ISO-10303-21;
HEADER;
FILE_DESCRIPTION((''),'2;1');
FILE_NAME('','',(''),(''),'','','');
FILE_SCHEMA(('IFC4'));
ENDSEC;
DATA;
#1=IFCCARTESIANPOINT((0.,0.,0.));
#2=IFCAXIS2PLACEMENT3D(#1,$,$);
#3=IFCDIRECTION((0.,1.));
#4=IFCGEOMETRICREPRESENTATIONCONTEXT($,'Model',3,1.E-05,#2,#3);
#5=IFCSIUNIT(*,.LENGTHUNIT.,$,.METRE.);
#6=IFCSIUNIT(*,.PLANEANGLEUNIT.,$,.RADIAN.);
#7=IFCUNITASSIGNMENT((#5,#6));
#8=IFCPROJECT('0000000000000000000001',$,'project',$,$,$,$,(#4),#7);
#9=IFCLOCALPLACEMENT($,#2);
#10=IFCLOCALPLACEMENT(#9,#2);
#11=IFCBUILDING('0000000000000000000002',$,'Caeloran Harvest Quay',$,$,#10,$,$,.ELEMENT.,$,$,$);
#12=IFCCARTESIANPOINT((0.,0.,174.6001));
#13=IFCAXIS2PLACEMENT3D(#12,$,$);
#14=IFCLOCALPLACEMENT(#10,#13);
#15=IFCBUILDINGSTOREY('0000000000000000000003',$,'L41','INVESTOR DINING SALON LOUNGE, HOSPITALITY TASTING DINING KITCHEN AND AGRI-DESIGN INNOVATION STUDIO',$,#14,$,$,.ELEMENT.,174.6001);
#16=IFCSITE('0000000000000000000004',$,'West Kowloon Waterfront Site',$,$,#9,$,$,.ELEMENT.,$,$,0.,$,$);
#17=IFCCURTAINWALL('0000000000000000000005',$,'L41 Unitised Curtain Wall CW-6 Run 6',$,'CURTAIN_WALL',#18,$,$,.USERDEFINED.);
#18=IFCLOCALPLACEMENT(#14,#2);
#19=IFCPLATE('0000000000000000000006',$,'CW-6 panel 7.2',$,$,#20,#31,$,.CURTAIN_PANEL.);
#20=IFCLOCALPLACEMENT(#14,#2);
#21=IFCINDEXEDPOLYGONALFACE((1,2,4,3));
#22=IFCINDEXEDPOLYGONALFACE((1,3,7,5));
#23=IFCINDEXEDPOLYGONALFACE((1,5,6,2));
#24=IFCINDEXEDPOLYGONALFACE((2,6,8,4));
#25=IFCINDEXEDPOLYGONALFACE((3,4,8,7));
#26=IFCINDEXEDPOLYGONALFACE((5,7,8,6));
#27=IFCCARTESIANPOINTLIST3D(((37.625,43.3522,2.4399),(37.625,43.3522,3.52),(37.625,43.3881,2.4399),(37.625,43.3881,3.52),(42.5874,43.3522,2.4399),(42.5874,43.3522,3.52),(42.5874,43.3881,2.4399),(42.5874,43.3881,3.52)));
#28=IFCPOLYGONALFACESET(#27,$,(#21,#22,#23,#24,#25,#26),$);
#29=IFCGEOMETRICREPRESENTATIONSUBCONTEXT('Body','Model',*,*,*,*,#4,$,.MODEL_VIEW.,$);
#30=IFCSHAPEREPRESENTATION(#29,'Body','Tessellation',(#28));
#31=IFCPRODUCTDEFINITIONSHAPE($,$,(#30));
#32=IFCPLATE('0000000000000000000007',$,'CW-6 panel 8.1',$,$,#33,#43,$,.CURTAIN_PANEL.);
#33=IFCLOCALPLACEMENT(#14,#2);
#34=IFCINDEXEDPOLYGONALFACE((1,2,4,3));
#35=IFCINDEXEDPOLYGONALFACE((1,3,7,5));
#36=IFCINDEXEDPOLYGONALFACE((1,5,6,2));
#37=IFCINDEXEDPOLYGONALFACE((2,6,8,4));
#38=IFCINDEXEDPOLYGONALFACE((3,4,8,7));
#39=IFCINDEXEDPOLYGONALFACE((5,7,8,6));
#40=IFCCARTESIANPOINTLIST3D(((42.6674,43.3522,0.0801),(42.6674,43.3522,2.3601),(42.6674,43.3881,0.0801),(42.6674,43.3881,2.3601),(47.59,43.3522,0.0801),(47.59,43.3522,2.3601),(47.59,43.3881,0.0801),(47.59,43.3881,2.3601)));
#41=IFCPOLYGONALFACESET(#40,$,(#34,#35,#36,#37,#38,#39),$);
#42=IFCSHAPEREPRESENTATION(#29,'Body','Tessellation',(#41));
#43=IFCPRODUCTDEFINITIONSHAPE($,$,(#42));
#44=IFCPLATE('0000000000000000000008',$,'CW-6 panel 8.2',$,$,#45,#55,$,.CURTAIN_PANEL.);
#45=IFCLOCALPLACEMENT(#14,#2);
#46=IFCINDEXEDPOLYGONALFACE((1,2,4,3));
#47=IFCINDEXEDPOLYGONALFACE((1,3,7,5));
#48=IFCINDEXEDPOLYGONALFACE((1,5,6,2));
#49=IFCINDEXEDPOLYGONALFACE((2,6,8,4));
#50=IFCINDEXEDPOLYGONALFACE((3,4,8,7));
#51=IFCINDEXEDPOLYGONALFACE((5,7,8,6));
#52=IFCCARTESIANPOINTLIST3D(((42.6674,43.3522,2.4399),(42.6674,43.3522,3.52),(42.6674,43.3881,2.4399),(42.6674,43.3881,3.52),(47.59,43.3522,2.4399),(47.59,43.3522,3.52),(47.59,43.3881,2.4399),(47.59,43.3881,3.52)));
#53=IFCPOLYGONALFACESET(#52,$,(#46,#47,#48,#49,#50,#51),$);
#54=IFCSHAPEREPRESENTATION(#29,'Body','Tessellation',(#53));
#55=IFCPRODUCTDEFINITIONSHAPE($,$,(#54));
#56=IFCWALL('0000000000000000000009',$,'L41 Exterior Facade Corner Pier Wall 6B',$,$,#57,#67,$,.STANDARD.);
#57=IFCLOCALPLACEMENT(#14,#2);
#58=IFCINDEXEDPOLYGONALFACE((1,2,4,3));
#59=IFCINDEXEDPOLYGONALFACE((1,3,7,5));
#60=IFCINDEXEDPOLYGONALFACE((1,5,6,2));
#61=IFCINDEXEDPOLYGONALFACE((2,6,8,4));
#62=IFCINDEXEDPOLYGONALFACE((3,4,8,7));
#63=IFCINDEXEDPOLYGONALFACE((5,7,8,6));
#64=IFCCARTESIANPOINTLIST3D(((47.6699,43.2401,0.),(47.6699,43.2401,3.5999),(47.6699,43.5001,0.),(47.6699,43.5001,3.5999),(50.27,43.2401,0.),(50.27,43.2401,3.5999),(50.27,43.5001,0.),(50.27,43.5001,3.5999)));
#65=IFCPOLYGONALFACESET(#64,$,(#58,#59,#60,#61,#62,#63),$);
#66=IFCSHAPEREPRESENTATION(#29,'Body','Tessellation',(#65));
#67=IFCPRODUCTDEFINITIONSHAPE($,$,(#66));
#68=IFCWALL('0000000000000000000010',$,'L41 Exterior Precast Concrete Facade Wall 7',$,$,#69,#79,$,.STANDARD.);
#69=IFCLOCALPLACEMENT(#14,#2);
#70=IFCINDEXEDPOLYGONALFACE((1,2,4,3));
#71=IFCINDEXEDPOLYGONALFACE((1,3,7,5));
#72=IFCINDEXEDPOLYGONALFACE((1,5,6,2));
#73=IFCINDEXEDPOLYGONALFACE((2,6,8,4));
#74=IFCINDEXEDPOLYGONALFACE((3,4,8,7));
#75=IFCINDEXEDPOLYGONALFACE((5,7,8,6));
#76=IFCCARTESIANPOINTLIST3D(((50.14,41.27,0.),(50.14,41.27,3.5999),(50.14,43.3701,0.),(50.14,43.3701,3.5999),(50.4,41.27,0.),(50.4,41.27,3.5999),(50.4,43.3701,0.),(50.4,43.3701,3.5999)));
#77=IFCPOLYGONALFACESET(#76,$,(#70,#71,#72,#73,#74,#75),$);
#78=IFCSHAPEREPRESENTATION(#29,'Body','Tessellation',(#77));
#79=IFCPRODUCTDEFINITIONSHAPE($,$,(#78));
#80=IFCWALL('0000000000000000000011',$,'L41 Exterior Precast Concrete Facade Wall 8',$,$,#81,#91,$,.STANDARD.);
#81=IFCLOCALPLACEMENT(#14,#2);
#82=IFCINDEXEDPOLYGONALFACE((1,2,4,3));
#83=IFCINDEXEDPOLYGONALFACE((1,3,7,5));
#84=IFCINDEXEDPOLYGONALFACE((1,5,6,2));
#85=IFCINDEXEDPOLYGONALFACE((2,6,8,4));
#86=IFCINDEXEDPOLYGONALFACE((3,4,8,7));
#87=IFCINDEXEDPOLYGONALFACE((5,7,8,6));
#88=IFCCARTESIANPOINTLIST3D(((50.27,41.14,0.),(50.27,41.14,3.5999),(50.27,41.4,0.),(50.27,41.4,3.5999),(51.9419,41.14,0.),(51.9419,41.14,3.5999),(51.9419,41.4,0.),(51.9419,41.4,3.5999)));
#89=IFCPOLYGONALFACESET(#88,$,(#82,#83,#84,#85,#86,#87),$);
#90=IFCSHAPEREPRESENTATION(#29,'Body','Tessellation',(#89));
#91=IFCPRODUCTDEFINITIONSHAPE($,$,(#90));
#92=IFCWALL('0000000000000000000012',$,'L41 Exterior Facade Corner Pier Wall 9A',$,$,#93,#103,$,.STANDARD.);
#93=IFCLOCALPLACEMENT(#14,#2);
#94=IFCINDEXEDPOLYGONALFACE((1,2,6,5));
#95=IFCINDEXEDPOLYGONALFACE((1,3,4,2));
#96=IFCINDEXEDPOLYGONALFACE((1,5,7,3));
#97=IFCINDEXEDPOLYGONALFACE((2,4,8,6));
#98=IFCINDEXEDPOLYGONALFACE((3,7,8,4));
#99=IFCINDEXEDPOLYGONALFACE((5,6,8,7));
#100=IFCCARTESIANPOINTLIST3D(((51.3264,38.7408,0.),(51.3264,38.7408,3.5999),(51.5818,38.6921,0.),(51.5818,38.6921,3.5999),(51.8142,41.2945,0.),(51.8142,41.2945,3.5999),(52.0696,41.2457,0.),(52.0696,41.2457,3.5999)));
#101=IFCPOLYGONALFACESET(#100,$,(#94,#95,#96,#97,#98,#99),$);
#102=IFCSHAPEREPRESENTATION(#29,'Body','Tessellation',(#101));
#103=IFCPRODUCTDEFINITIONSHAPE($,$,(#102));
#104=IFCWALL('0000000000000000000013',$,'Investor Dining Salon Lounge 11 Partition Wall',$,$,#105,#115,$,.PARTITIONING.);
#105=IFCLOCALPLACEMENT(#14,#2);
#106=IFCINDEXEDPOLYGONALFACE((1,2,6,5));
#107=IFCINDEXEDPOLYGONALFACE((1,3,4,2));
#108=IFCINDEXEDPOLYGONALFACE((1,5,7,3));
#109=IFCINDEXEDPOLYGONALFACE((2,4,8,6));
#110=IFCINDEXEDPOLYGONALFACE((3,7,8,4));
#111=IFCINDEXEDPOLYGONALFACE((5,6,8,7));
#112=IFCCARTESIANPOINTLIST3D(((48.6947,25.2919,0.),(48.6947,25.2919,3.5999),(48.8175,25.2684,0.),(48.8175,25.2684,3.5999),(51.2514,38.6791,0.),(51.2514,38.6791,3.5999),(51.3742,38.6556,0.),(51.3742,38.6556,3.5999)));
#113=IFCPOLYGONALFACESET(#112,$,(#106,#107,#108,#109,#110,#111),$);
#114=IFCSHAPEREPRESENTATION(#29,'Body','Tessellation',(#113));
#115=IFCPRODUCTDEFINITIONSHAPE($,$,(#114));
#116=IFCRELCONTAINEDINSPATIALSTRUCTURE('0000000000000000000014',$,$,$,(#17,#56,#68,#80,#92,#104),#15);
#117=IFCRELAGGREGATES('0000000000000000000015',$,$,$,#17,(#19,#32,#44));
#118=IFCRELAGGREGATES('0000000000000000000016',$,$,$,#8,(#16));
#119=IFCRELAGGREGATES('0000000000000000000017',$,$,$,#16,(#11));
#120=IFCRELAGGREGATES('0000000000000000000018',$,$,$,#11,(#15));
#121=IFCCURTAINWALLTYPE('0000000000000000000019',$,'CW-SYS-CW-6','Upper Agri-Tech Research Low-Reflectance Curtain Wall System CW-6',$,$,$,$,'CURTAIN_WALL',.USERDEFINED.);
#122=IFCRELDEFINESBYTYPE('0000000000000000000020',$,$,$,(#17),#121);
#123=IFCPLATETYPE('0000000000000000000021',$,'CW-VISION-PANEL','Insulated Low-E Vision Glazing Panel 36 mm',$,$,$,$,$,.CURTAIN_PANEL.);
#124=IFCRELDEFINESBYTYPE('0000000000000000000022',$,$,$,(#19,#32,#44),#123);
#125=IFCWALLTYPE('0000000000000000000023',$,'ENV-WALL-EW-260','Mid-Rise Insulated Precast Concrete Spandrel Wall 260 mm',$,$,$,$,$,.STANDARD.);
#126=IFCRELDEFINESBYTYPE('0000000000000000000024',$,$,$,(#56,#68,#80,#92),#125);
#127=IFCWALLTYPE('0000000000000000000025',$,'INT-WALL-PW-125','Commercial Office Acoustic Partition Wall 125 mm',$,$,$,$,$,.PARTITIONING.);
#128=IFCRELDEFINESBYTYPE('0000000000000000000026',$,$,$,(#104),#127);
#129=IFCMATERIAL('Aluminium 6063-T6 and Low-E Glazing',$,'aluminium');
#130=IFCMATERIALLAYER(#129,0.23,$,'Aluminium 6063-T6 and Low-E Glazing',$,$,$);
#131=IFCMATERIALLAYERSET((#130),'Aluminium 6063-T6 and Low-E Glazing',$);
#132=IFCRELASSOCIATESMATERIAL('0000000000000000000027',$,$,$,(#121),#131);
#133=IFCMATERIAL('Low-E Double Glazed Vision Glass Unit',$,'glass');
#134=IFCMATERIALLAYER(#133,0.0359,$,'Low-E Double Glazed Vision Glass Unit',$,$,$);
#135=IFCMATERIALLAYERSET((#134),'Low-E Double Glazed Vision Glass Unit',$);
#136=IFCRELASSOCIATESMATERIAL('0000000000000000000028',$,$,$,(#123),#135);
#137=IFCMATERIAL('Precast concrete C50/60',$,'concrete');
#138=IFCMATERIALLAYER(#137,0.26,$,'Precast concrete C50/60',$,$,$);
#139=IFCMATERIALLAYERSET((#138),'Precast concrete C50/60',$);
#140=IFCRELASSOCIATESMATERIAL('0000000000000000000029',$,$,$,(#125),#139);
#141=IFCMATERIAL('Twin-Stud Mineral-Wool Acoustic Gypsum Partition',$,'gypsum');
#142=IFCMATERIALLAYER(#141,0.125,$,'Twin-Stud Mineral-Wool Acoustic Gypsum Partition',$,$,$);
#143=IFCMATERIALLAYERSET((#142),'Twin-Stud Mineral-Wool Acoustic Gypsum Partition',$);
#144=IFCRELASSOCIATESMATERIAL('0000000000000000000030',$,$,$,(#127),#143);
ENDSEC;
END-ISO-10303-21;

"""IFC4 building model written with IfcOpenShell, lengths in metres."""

from ifc_helpers import new_model, si_unit, direction, frame, frame_2d, origin, origin_2d, place, context, subcontext, project, spatial, rectangle, extrude, material, layer, layer_set, type_object, element, aggregate, save


model = new_model("IFC4")

# Units and contexts
model_context = context("Model", 3, precision=1e-05, world=origin(), true_north=direction((0.0, 1.0)))
body_context = subcontext(model_context, "Body", "Model", "MODEL_VIEW")
ifc_project = project(units=[si_unit("LENGTHUNIT", "METRE"), si_unit("PLANEANGLEUNIT", "RADIAN")], contexts=[model_context])

# Site, building, storey
site_placement = place(None, origin())
site = spatial("IfcSite", under=ifc_project, at=site_placement, Name="West Kowloon Waterfront Site", CompositionType="ELEMENT", RefElevation=0.0)
building_placement = place(site_placement, origin())
building = spatial("IfcBuilding", under=site, at=building_placement, Name="Caeloran Harvest Quay", CompositionType="ELEMENT")
storey_placement = place(building_placement, frame((0.0, 0.0, 174.6001)))
storey = spatial("IfcBuildingStorey", under=building, at=storey_placement, Name="L41", Description="INVESTOR DINING SALON LOUNGE, HOSPITALITY TASTING DINING KITCHEN AND AGRI-DESIGN INNOVATION STUDIO", CompositionType="ELEMENT", Elevation=174.6001)

# Curtain wall
ifc_material_1 = material(Name="Aluminium 6063-T6 and Low-E Glazing", Category="aluminium")
ifc_layer_1 = layer(ifc_material_1, 0.23, Name="Aluminium 6063-T6 and Low-E Glazing")
ifc_layer_set_1 = layer_set([ifc_layer_1], Name="Aluminium 6063-T6 and Low-E Glazing")
curtain_wall_type = type_object("IfcCurtainWallType", Name="CW-SYS-CW-6", Description="Upper Agri-Tech Research Low-Reflectance Curtain Wall System CW-6", ElementType="CURTAIN_WALL", PredefinedType="USERDEFINED", material=ifc_layer_set_1)
curtain_wall_1_placement = place(storey_placement, origin())
curtain_wall_1 = element("IfcCurtainWall", 1, at=curtain_wall_1_placement, inside=storey, type_object=curtain_wall_type, Name="L41 Unitised Curtain Wall CW-6 Run 6", ObjectType="CURTAIN_WALL", PredefinedType="USERDEFINED")

# Plates
ifc_material_2 = material(Name="Low-E Double Glazed Vision Glass Unit", Category="glass")
ifc_layer_2 = layer(ifc_material_2, 0.0359, Name="Low-E Double Glazed Vision Glass Unit")
ifc_layer_set_2 = layer_set([ifc_layer_2], Name="Low-E Double Glazed Vision Glass Unit")
plate_type = type_object("IfcPlateType", Name="CW-VISION-PANEL", Description="Insulated Low-E Vision Glazing Panel 36 mm", PredefinedType="CURTAIN_PANEL", material=ifc_layer_set_2)
plate_1_placement = place(storey_placement, frame((40.1062, 43.3701, 2.4399), z_axis=(0.0, 0.0, 1.0), x_axis=(1.0, 0.0, 0.0)))
plate_1 = element("IfcPlate", 2, at=plate_1_placement, type_object=plate_type, Name="CW-6 panel 7.2", PredefinedType="CURTAIN_PANEL", context=body_context, shape_type="SweptSolid", body=[
    extrude(rectangle(XDim=4.9624, YDim=0.0359, at=origin_2d()), origin(), (0.0, 0.0, 1.0), 1.0801),
])
plate_2_placement = place(storey_placement, frame((45.1287, 43.3701, 0.0801), z_axis=(0.0, 0.0, 1.0), x_axis=(1.0, 0.0, 0.0)))
plate_2 = element("IfcPlate", 3, at=plate_2_placement, type_object=plate_type, Name="CW-6 panel 8.1", PredefinedType="CURTAIN_PANEL", context=body_context, shape_type="SweptSolid", body=[
    extrude(rectangle(XDim=4.9226, YDim=0.0359, at=origin_2d()), origin(), (0.0, 0.0, 1.0), 2.28),
])
plate_3_placement = place(storey_placement, frame((45.1287, 43.3701, 2.4399), z_axis=(0.0, 0.0, 1.0), x_axis=(1.0, 0.0, 0.0)))
plate_3 = element("IfcPlate", 4, at=plate_3_placement, type_object=plate_type, Name="CW-6 panel 8.2", PredefinedType="CURTAIN_PANEL", context=body_context, shape_type="SweptSolid", body=[
    extrude(rectangle(XDim=4.9226, YDim=0.0359, at=origin_2d()), origin(), (0.0, 0.0, 1.0), 1.0801),
])
aggregate(curtain_wall_1, [plate_1, plate_2, plate_3])

# Walls
ifc_material_3 = material(Name="Precast concrete C50/60", Category="concrete")
ifc_layer_3 = layer(ifc_material_3, 0.26, Name="Precast concrete C50/60")
ifc_layer_set_3 = layer_set([ifc_layer_3], Name="Precast concrete C50/60")
wall_type_1 = type_object("IfcWallType", Name="ENV-WALL-EW-260", Description="Mid-Rise Insulated Precast Concrete Spandrel Wall 260 mm", PredefinedType="STANDARD", material=ifc_layer_set_3)
wall_1_placement = place(storey_placement, frame((47.6699, 43.3701, 0.0), z_axis=(0.0, 0.0, 1.0), x_axis=(1.0, 0.0, 0.0)))
element("IfcWall", 5, at=wall_1_placement, inside=storey, type_object=wall_type_1, Name="L41 Exterior Facade Corner Pier Wall 6B", PredefinedType="STANDARD", context=body_context, shape_type="SweptSolid", body=[
    extrude(rectangle(XDim=2.6001, YDim=0.26, at=frame_2d((1.3, 0.0))), origin(), (0.0, 0.0, 1.0), 3.5999),
])
wall_2_placement = place(storey_placement, frame((50.27, 43.3701, 0.0), z_axis=(0.0, 0.0, 1.0), x_axis=(0.0, -1.0, 0.0)))
element("IfcWall", 6, at=wall_2_placement, inside=storey, type_object=wall_type_1, Name="L41 Exterior Precast Concrete Facade Wall 7", PredefinedType="STANDARD", context=body_context, shape_type="SweptSolid", body=[
    extrude(rectangle(XDim=2.1001, YDim=0.26, at=frame_2d((1.05, 0.0))), origin(), (0.0, 0.0, 1.0), 3.5999),
])
wall_3_placement = place(storey_placement, frame((50.27, 41.27, 0.0), z_axis=(0.0, 0.0, 1.0), x_axis=(1.0, 0.0, 0.0)))
element("IfcWall", 7, at=wall_3_placement, inside=storey, type_object=wall_type_1, Name="L41 Exterior Precast Concrete Facade Wall 8", PredefinedType="STANDARD", context=body_context, shape_type="SweptSolid", body=[
    extrude(rectangle(XDim=1.6719, YDim=0.26, at=frame_2d((0.8359, 0.0))), origin(), (0.0, 0.0, 1.0), 3.5999),
])
wall_4_placement = place(storey_placement, frame((51.9419, 41.27, 0.0), z_axis=(0.0, 0.0, 1.0), x_axis=(-0.187621, -0.982241, 0.0)))
element("IfcWall", 8, at=wall_4_placement, inside=storey, type_object=wall_type_1, Name="L41 Exterior Facade Corner Pier Wall 9A", PredefinedType="STANDARD", context=body_context, shape_type="SweptSolid", body=[
    extrude(rectangle(XDim=2.5999, YDim=0.26, at=frame_2d((1.2998, 0.0))), origin(), (0.0, 0.0, 1.0), 3.5999),
])
ifc_material_4 = material(Name="Twin-Stud Mineral-Wool Acoustic Gypsum Partition", Category="gypsum")
ifc_layer_4 = layer(ifc_material_4, 0.125, Name="Twin-Stud Mineral-Wool Acoustic Gypsum Partition")
ifc_layer_set_4 = layer_set([ifc_layer_4], Name="Twin-Stud Mineral-Wool Acoustic Gypsum Partition")
wall_type_2 = type_object("IfcWallType", Name="INT-WALL-PW-125", Description="Commercial Office Acoustic Partition Wall 125 mm", PredefinedType="PARTITIONING", material=ifc_layer_set_4)
wall_5_placement = place(storey_placement, frame((51.3127, 38.6672, 0.0), z_axis=(0.0, 0.0, 1.0), x_axis=(-0.187586, -0.982248, 0.0)))
element("IfcWall", 9, at=wall_5_placement, inside=storey, type_object=wall_type_2, Name="Investor Dining Salon Lounge 11 Partition Wall", PredefinedType="PARTITIONING", context=body_context, shape_type="SweptSolid", body=[
    extrude(rectangle(XDim=13.6292, YDim=0.125, at=frame_2d((6.8145, 0.0))), origin(), (0.0, 0.0, 1.0), 3.5999),
])

save(model, "model.ifc")
